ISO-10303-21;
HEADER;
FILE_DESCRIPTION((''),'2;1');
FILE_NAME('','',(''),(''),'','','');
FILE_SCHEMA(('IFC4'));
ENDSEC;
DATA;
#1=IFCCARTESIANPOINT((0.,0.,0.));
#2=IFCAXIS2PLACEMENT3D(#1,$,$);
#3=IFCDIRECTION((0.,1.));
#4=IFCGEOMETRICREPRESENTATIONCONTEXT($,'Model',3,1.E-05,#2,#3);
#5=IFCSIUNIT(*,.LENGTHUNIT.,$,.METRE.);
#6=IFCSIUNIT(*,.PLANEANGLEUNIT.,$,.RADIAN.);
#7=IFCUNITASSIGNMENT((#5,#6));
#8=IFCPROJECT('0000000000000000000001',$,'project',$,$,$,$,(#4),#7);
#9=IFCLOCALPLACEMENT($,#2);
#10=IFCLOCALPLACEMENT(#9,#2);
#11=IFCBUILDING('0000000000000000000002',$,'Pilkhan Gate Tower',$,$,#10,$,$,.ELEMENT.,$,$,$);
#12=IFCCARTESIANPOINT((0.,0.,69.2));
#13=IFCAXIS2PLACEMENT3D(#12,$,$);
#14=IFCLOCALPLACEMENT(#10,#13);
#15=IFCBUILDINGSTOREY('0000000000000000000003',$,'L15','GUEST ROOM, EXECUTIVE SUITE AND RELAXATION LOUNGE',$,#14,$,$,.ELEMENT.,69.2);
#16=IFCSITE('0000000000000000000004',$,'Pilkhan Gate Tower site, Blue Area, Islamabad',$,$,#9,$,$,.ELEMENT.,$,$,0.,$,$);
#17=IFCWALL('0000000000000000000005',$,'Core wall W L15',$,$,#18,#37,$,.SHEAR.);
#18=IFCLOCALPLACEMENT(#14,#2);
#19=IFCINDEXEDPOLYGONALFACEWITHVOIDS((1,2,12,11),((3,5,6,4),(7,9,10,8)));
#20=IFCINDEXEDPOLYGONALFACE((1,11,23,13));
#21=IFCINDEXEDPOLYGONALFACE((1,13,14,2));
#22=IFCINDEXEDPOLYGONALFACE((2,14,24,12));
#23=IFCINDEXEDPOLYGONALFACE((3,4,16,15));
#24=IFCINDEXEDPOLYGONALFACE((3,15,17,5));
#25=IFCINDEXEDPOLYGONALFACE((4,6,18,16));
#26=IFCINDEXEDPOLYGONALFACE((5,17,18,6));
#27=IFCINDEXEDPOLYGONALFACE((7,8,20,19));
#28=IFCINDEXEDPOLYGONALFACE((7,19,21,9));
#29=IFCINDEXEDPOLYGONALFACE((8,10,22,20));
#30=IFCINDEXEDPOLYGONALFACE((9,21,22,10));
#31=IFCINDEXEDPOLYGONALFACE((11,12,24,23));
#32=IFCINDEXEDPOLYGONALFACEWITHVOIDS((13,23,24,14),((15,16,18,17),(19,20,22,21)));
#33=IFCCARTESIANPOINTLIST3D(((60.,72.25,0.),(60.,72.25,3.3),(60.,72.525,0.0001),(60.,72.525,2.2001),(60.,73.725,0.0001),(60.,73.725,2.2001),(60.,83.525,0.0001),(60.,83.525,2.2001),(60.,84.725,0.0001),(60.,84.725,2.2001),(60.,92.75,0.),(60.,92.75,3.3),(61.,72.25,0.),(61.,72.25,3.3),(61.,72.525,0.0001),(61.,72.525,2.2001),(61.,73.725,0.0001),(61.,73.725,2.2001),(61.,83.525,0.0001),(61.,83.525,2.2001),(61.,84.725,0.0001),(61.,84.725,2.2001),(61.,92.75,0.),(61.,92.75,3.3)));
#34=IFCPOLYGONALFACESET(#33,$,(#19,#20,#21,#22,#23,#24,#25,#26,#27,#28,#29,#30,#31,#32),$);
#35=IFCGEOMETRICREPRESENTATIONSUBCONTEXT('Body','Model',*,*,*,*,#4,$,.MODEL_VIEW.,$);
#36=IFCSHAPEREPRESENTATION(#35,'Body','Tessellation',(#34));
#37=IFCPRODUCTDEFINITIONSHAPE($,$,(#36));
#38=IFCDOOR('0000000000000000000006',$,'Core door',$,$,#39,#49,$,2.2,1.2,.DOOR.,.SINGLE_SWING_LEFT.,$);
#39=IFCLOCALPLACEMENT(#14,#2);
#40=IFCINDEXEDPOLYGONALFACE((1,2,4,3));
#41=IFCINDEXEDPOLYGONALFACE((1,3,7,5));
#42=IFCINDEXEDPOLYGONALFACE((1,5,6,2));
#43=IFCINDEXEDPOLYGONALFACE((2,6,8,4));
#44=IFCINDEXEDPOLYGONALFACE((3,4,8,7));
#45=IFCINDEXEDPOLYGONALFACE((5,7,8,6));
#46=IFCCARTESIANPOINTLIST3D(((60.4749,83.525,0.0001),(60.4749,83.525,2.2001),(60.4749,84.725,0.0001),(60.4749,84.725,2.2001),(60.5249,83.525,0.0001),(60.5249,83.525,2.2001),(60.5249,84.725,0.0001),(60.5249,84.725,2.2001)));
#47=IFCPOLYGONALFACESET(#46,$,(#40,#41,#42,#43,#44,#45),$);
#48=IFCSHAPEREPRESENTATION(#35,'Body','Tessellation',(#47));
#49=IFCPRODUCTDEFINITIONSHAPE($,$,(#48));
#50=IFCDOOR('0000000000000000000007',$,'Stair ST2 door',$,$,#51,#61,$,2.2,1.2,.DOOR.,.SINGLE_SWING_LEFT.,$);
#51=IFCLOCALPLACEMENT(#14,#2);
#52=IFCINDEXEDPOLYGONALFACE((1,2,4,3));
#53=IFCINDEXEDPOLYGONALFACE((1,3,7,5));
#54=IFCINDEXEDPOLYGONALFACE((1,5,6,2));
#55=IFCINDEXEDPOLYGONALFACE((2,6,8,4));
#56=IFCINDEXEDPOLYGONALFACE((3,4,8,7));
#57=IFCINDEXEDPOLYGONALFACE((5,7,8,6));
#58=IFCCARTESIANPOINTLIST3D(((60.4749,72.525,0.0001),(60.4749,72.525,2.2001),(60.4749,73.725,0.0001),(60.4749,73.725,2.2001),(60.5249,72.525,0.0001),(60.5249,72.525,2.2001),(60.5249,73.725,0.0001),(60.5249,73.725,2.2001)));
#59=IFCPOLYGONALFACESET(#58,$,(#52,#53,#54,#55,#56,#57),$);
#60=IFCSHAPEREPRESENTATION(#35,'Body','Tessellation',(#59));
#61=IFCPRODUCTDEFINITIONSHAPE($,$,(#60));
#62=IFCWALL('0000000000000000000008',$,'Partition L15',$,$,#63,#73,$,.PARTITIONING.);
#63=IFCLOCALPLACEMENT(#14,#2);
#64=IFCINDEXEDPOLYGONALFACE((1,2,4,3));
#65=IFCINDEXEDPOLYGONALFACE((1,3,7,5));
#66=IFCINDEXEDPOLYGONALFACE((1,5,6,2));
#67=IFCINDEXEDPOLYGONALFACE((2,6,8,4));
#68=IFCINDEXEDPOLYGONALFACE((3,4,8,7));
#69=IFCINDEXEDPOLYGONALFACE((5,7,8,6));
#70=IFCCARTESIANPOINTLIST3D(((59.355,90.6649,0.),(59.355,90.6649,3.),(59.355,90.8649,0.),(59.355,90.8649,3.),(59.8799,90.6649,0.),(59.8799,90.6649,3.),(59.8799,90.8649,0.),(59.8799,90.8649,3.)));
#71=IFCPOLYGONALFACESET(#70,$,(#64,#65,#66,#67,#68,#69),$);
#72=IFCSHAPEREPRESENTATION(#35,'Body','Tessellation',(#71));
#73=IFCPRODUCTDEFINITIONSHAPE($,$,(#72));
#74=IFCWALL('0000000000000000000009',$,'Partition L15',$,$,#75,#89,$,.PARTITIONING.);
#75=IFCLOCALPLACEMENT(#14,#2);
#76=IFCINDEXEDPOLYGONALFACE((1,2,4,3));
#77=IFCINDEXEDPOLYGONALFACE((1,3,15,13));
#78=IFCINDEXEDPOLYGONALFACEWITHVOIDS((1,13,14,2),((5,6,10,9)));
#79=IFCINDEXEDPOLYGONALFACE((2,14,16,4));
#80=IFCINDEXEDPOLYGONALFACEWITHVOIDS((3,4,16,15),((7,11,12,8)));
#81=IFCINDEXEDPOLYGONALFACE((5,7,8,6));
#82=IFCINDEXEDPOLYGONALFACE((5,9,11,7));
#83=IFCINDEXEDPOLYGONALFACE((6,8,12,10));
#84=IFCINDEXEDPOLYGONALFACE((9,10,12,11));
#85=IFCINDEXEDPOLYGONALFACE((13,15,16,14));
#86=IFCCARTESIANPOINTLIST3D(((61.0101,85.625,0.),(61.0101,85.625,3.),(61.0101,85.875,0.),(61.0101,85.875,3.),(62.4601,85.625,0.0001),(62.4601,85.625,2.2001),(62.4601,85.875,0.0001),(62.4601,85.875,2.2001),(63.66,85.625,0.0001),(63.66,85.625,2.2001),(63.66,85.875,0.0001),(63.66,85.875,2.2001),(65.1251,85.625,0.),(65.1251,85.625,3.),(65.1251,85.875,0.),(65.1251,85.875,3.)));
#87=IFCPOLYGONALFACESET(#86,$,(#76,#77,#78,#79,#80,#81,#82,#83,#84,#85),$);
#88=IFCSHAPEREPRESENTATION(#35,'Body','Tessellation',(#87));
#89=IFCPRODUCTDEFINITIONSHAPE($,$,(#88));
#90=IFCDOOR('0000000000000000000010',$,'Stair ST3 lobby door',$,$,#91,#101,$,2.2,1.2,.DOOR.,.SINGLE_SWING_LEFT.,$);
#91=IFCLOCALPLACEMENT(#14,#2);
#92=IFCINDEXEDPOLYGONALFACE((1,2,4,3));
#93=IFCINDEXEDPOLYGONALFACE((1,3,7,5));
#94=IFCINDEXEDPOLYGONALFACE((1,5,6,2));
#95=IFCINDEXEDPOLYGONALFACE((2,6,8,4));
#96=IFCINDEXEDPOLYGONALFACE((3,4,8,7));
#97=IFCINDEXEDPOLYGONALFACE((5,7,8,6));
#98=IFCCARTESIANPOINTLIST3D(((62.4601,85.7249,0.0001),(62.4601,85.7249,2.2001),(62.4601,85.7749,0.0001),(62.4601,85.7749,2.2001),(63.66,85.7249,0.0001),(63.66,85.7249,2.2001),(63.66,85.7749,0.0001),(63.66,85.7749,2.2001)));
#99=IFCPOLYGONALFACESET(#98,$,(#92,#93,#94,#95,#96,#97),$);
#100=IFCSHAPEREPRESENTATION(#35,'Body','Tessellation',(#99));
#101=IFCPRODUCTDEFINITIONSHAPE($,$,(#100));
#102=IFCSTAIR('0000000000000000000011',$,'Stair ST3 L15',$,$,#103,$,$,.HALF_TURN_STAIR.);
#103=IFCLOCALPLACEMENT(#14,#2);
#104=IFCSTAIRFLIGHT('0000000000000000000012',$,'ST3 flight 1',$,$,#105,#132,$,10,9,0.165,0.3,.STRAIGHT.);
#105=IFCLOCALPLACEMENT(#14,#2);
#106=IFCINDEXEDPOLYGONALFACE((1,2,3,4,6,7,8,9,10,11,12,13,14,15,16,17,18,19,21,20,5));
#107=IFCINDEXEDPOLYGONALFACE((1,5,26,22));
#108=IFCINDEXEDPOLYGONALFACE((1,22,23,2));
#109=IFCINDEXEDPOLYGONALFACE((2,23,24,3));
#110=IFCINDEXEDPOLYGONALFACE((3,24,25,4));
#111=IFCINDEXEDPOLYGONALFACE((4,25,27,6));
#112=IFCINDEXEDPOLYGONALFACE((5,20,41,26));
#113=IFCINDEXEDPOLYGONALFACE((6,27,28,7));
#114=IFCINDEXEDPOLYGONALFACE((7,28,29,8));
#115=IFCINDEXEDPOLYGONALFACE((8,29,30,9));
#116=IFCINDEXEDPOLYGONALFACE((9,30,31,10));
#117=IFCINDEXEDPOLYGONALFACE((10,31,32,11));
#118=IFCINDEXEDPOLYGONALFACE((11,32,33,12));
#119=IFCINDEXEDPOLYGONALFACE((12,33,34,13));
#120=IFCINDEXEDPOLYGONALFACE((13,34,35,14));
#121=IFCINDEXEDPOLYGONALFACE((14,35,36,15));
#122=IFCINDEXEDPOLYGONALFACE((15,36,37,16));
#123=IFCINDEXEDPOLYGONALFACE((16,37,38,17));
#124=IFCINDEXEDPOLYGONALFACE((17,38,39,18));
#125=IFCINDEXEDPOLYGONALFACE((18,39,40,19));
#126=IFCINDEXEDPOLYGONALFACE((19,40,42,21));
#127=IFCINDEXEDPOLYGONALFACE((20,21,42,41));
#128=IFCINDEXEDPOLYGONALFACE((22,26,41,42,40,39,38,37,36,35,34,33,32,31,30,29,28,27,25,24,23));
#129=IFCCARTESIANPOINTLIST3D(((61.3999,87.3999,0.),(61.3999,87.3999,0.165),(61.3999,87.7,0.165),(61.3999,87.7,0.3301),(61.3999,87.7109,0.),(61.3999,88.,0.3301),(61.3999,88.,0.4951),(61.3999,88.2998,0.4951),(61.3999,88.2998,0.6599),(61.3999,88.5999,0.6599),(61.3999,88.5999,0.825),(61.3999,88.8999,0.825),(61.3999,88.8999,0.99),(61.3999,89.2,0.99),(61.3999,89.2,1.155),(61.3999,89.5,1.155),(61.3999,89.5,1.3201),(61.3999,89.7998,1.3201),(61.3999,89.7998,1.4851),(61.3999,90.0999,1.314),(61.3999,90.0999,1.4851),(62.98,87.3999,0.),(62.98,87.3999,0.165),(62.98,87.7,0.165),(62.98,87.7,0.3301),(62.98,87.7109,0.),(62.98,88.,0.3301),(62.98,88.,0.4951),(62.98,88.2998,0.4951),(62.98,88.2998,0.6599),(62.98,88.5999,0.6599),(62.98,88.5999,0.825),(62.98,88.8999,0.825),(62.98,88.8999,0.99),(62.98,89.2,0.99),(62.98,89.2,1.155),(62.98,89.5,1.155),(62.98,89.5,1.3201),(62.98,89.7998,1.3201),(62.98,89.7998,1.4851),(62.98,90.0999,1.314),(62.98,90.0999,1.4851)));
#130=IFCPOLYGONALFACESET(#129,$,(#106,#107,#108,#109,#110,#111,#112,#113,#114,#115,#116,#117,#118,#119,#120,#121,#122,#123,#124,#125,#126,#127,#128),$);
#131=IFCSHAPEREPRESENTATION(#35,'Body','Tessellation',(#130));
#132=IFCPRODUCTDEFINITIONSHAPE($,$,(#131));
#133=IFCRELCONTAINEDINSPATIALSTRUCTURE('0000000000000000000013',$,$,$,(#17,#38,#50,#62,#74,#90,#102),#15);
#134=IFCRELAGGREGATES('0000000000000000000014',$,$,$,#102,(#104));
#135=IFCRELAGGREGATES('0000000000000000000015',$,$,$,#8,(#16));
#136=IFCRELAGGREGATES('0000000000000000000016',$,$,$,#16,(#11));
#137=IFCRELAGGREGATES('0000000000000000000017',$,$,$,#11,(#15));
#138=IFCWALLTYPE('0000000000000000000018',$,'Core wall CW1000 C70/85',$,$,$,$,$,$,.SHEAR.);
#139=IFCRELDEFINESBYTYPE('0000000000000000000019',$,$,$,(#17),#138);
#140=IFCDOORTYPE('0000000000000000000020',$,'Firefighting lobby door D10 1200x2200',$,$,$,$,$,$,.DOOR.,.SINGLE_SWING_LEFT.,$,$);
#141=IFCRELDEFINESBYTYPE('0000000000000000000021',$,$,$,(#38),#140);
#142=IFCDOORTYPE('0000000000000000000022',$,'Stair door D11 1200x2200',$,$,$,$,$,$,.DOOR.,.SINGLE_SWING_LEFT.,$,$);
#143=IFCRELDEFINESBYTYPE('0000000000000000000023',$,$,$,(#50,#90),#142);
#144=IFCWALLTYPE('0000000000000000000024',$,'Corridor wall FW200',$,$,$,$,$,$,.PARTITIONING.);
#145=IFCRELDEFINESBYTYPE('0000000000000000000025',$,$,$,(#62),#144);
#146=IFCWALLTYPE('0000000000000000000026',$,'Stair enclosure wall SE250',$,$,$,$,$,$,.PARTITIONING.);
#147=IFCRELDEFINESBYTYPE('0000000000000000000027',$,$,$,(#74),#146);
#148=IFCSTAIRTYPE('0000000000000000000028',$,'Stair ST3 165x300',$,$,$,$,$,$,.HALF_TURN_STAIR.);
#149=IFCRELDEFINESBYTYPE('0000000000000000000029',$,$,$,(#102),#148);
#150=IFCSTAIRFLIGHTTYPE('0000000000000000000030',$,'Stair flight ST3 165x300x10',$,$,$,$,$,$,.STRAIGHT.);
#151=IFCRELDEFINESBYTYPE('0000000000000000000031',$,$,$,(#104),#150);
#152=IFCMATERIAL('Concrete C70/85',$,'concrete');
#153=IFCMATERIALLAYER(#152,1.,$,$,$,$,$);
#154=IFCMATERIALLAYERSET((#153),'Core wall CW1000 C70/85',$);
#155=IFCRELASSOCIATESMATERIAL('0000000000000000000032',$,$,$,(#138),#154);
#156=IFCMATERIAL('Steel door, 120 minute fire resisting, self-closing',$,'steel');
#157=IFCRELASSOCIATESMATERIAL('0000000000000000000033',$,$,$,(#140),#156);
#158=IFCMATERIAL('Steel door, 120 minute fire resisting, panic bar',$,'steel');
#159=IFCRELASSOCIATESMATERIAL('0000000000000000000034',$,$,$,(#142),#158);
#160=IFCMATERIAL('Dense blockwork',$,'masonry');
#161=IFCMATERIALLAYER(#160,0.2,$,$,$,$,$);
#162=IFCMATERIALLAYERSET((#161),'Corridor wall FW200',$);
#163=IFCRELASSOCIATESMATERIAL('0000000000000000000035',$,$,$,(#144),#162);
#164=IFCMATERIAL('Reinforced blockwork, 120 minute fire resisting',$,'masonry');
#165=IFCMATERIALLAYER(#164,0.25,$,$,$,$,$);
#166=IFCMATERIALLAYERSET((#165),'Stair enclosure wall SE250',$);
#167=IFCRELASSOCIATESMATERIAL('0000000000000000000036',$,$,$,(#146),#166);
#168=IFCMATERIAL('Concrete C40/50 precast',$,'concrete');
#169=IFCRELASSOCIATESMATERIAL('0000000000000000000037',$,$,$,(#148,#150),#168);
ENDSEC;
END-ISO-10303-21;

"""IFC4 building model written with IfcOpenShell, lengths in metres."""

from ifc_helpers import new_model, si_unit, direction, frame, frame_2d, origin, place, context, subcontext, project, spatial, polyline, rectangle, outline, extrude, material, layer, layer_set, type_object, element, fill, aggregate, save


model = new_model("IFC4")

# Units and contexts
model_context = context("Model", 3, precision=1e-05, world=origin(), true_north=direction((0.0, 1.0)))
body_context = subcontext(model_context, "Body", "Model", "MODEL_VIEW")
ifc_project = project(units=[si_unit("LENGTHUNIT", "METRE"), si_unit("PLANEANGLEUNIT", "RADIAN")], contexts=[model_context])

# Site, building, storey
site_placement = place(None, origin())
site = spatial("IfcSite", under=ifc_project, at=site_placement, Name="Pilkhan Gate Tower site, Blue Area, Islamabad", CompositionType="ELEMENT", RefElevation=0.0)
building_placement = place(site_placement, origin())
building = spatial("IfcBuilding", under=site, at=building_placement, Name="Pilkhan Gate Tower", CompositionType="ELEMENT")
storey_placement = place(building_placement, frame((0.0, 0.0, 69.2)))
storey = spatial("IfcBuildingStorey", under=building, at=storey_placement, Name="L15", Description="GUEST ROOM, EXECUTIVE SUITE AND RELAXATION LOUNGE", CompositionType="ELEMENT", Elevation=69.2)

# Wall, openings, doors
ifc_material_1 = material(Name="Concrete C70/85", Category="concrete")
ifc_layer_1 = layer(ifc_material_1, 1.0)
ifc_layer_set_1 = layer_set([ifc_layer_1], Name="Core wall CW1000 C70/85")
wall_type_1 = type_object("IfcWallType", Name="Core wall CW1000 C70/85", PredefinedType="SHEAR", material=ifc_layer_set_1)
wall_1_placement = place(storey_placement, frame((60.5, 92.75, 0.0), z_axis=(0.0, 0.0, 1.0), x_axis=(0.0, -1.0, 0.0)))
wall_1 = element("IfcWall", 1, at=wall_1_placement, inside=storey, type_object=wall_type_1, Name="Core wall W L15", PredefinedType="SHEAR", context=body_context, shape_type="SweptSolid", body=[
    extrude(rectangle(XDim=20.5, YDim=1.0, at=frame_2d((10.25, 0.0))), origin(), (0.0, 0.0, 1.0), 3.3),
])
opening_1_placement = place(wall_1_placement, frame((19.0249, 0.0, 0.0)))
opening_1 = element("IfcOpeningElement", 2, at=opening_1_placement, cuts=wall_1, PredefinedType="OPENING", context=body_context, shape_type="SweptSolid", body=[
    extrude(rectangle(XDim=1.2, YDim=2.2, at=frame_2d((0.6001, 1.1001))), frame((0.0, 0.51, 0.0), z_axis=(0.0, -1.0, 0.0), x_axis=(1.0, 0.0, 0.0)), (0.0, 0.0, 1.0), 1.02),
])
opening_2_placement = place(wall_1_placement, frame((8.0249, 0.0, 0.0)))
opening_2 = element("IfcOpeningElement", 3, at=opening_2_placement, cuts=wall_1, PredefinedType="OPENING", context=body_context, shape_type="SweptSolid", body=[
    extrude(rectangle(XDim=1.2, YDim=2.2, at=frame_2d((0.6001, 1.1001))), frame((0.0, 0.51, 0.0), z_axis=(0.0, -1.0, 0.0), x_axis=(1.0, 0.0, 0.0)), (0.0, 0.0, 1.0), 1.02),
])
ifc_material_2 = material(Name="Steel door, 120 minute fire resisting, self-closing", Category="steel")
door_type_1 = type_object("IfcDoorType", Name="Firefighting lobby door D10 1200x2200", OperationType="SINGLE_SWING_LEFT", PredefinedType="DOOR", material=ifc_material_2)
door_1_placement = place(opening_2_placement, origin())
door_1 = element("IfcDoor", 4, at=door_1_placement, inside=storey, type_object=door_type_1, Name="Core door", OperationType="SINGLE_SWING_LEFT", OverallHeight=2.2, OverallWidth=1.2, PredefinedType="DOOR", context=body_context, shape_type="SweptSolid", body=[
    extrude(rectangle(XDim=1.2, YDim=2.2, at=frame_2d((0.6001, 1.1001))), frame((0.0, 0.0249, 0.0), z_axis=(0.0, -1.0, 0.0), x_axis=(1.0, 0.0, 0.0)), (0.0, 0.0, 1.0), 0.05),
])
fill(opening_2, door_1)
ifc_material_3 = material(Name="Steel door, 120 minute fire resisting, panic bar", Category="steel")
door_type_2 = type_object("IfcDoorType", Name="Stair door D11 1200x2200", OperationType="SINGLE_SWING_LEFT", PredefinedType="DOOR", material=ifc_material_3)
door_2_placement = place(opening_1_placement, origin())
door_2 = element("IfcDoor", 5, at=door_2_placement, inside=storey, type_object=door_type_2, Name="Stair ST2 door", OperationType="SINGLE_SWING_LEFT", OverallHeight=2.2, OverallWidth=1.2, PredefinedType="DOOR", context=body_context, shape_type="SweptSolid", body=[
    extrude(rectangle(XDim=1.2, YDim=2.2, at=frame_2d((0.6001, 1.1001))), frame((0.0, 0.0249, 0.0), z_axis=(0.0, -1.0, 0.0), x_axis=(1.0, 0.0, 0.0)), (0.0, 0.0, 1.0), 0.05),
])
fill(opening_1, door_2)

# Wall
ifc_material_4 = material(Name="Dense blockwork", Category="masonry")
ifc_layer_2 = layer(ifc_material_4, 0.2)
ifc_layer_set_2 = layer_set([ifc_layer_2], Name="Corridor wall FW200")
wall_type_2 = type_object("IfcWallType", Name="Corridor wall FW200", PredefinedType="PARTITIONING", material=ifc_layer_set_2)
wall_2_placement = place(storey_placement, frame((59.355, 90.7649, 0.0), z_axis=(0.0, 0.0, 1.0), x_axis=(1.0, 0.0, 0.0)))
element("IfcWall", 6, at=wall_2_placement, inside=storey, type_object=wall_type_2, Name="Partition L15", PredefinedType="PARTITIONING", context=body_context, shape_type="SweptSolid", body=[
    extrude(rectangle(XDim=0.5249, YDim=0.2, at=frame_2d((0.2625, 0.0))), origin(), (0.0, 0.0, 1.0), 3.0),
])

# Wall, opening, door
ifc_material_5 = material(Name="Reinforced blockwork, 120 minute fire resisting", Category="masonry")
ifc_layer_3 = layer(ifc_material_5, 0.25)
ifc_layer_set_3 = layer_set([ifc_layer_3], Name="Stair enclosure wall SE250")
wall_type_3 = type_object("IfcWallType", Name="Stair enclosure wall SE250", PredefinedType="PARTITIONING", material=ifc_layer_set_3)
wall_3_placement = place(storey_placement, frame((61.01, 85.75, 0.0), z_axis=(0.0, 0.0, 1.0), x_axis=(1.0, 0.0, 0.0)))
wall_3 = element("IfcWall", 7, at=wall_3_placement, inside=storey, type_object=wall_type_3, Name="Partition L15", PredefinedType="PARTITIONING", context=body_context, shape_type="SweptSolid", body=[
    extrude(rectangle(XDim=4.115, YDim=0.25, at=frame_2d((2.0576, 0.0))), origin(), (0.0, 0.0, 1.0), 3.0),
])
opening_3_placement = place(wall_3_placement, frame((1.45, 0.0, 0.0)))
opening_3 = element("IfcOpeningElement", 8, at=opening_3_placement, cuts=wall_3, PredefinedType="OPENING", context=body_context, shape_type="SweptSolid", body=[
    extrude(rectangle(XDim=1.2, YDim=2.2, at=frame_2d((0.6001, 1.1001))), frame((0.0, 0.135, 0.0), z_axis=(0.0, -1.0, 0.0), x_axis=(1.0, 0.0, 0.0)), (0.0, 0.0, 1.0), 0.27),
])
door_3_placement = place(opening_3_placement, origin())
door_3 = element("IfcDoor", 9, at=door_3_placement, inside=storey, type_object=door_type_2, Name="Stair ST3 lobby door", OperationType="SINGLE_SWING_LEFT", OverallHeight=2.2, OverallWidth=1.2, PredefinedType="DOOR", context=body_context, shape_type="SweptSolid", body=[
    extrude(rectangle(XDim=1.2, YDim=2.2, at=frame_2d((0.6001, 1.1001))), frame((0.0, 0.0249, 0.0), z_axis=(0.0, -1.0, 0.0), x_axis=(1.0, 0.0, 0.0)), (0.0, 0.0, 1.0), 0.05),
])
fill(opening_3, door_3)

# Stair, stair flight
ifc_material_6 = material(Name="Concrete C40/50 precast", Category="concrete")
stair_type = type_object("IfcStairType", Name="Stair ST3 165x300", PredefinedType="HALF_TURN_STAIR", material=ifc_material_6)
stair_placement = place(storey_placement, origin())
stair = element("IfcStair", 10, at=stair_placement, inside=storey, type_object=stair_type, Name="Stair ST3 L15", PredefinedType="HALF_TURN_STAIR")
stair_flight_type = type_object("IfcStairFlightType", Name="Stair flight ST3 165x300x10", PredefinedType="STRAIGHT", material=ifc_material_6)
stair_flight_placement = place(storey_placement, frame((62.1899, 87.3999, 0.0), z_axis=(0.0, 0.0, 1.0), x_axis=(0.0, 1.0, 0.0)))
stair_flight = element("IfcStairFlight", 11, at=stair_flight_placement, type_object=stair_flight_type, Name="ST3 flight 1", NumberOfRisers=10, NumberOfTreads=9, PredefinedType="STRAIGHT", RiserHeight=0.165, TreadLength=0.3, context=body_context, shape_type="SweptSolid", body=[
    extrude(outline(polyline([(0.0, 0.0), (0.0, 0.165), (0.3, 0.165), (0.3, 0.3301), (0.6001, 0.3301), (0.6001, 0.4951), (0.8999, 0.4951), (0.8999, 0.6599), (1.2, 0.6599), (1.2, 0.825), (1.5, 0.825), (1.5, 0.99), (1.8, 0.99), (1.8, 1.155), (2.1001, 1.155), (2.1001, 1.3201), (2.3999, 1.3201), (2.3999, 1.4851), (2.7, 1.4851), (2.7, 1.6499), (2.7, 1.314), (0.311, 0.0), (0.0, 0.0)])), frame((0.0, 0.79, 0.0), z_axis=(0.0, -1.0, 0.0), x_axis=(1.0, 0.0, 0.0)), (0.0, 0.0, 1.0), 1.5801),
])
aggregate(stair, [stair_flight])

save(model, "model.ifc")
